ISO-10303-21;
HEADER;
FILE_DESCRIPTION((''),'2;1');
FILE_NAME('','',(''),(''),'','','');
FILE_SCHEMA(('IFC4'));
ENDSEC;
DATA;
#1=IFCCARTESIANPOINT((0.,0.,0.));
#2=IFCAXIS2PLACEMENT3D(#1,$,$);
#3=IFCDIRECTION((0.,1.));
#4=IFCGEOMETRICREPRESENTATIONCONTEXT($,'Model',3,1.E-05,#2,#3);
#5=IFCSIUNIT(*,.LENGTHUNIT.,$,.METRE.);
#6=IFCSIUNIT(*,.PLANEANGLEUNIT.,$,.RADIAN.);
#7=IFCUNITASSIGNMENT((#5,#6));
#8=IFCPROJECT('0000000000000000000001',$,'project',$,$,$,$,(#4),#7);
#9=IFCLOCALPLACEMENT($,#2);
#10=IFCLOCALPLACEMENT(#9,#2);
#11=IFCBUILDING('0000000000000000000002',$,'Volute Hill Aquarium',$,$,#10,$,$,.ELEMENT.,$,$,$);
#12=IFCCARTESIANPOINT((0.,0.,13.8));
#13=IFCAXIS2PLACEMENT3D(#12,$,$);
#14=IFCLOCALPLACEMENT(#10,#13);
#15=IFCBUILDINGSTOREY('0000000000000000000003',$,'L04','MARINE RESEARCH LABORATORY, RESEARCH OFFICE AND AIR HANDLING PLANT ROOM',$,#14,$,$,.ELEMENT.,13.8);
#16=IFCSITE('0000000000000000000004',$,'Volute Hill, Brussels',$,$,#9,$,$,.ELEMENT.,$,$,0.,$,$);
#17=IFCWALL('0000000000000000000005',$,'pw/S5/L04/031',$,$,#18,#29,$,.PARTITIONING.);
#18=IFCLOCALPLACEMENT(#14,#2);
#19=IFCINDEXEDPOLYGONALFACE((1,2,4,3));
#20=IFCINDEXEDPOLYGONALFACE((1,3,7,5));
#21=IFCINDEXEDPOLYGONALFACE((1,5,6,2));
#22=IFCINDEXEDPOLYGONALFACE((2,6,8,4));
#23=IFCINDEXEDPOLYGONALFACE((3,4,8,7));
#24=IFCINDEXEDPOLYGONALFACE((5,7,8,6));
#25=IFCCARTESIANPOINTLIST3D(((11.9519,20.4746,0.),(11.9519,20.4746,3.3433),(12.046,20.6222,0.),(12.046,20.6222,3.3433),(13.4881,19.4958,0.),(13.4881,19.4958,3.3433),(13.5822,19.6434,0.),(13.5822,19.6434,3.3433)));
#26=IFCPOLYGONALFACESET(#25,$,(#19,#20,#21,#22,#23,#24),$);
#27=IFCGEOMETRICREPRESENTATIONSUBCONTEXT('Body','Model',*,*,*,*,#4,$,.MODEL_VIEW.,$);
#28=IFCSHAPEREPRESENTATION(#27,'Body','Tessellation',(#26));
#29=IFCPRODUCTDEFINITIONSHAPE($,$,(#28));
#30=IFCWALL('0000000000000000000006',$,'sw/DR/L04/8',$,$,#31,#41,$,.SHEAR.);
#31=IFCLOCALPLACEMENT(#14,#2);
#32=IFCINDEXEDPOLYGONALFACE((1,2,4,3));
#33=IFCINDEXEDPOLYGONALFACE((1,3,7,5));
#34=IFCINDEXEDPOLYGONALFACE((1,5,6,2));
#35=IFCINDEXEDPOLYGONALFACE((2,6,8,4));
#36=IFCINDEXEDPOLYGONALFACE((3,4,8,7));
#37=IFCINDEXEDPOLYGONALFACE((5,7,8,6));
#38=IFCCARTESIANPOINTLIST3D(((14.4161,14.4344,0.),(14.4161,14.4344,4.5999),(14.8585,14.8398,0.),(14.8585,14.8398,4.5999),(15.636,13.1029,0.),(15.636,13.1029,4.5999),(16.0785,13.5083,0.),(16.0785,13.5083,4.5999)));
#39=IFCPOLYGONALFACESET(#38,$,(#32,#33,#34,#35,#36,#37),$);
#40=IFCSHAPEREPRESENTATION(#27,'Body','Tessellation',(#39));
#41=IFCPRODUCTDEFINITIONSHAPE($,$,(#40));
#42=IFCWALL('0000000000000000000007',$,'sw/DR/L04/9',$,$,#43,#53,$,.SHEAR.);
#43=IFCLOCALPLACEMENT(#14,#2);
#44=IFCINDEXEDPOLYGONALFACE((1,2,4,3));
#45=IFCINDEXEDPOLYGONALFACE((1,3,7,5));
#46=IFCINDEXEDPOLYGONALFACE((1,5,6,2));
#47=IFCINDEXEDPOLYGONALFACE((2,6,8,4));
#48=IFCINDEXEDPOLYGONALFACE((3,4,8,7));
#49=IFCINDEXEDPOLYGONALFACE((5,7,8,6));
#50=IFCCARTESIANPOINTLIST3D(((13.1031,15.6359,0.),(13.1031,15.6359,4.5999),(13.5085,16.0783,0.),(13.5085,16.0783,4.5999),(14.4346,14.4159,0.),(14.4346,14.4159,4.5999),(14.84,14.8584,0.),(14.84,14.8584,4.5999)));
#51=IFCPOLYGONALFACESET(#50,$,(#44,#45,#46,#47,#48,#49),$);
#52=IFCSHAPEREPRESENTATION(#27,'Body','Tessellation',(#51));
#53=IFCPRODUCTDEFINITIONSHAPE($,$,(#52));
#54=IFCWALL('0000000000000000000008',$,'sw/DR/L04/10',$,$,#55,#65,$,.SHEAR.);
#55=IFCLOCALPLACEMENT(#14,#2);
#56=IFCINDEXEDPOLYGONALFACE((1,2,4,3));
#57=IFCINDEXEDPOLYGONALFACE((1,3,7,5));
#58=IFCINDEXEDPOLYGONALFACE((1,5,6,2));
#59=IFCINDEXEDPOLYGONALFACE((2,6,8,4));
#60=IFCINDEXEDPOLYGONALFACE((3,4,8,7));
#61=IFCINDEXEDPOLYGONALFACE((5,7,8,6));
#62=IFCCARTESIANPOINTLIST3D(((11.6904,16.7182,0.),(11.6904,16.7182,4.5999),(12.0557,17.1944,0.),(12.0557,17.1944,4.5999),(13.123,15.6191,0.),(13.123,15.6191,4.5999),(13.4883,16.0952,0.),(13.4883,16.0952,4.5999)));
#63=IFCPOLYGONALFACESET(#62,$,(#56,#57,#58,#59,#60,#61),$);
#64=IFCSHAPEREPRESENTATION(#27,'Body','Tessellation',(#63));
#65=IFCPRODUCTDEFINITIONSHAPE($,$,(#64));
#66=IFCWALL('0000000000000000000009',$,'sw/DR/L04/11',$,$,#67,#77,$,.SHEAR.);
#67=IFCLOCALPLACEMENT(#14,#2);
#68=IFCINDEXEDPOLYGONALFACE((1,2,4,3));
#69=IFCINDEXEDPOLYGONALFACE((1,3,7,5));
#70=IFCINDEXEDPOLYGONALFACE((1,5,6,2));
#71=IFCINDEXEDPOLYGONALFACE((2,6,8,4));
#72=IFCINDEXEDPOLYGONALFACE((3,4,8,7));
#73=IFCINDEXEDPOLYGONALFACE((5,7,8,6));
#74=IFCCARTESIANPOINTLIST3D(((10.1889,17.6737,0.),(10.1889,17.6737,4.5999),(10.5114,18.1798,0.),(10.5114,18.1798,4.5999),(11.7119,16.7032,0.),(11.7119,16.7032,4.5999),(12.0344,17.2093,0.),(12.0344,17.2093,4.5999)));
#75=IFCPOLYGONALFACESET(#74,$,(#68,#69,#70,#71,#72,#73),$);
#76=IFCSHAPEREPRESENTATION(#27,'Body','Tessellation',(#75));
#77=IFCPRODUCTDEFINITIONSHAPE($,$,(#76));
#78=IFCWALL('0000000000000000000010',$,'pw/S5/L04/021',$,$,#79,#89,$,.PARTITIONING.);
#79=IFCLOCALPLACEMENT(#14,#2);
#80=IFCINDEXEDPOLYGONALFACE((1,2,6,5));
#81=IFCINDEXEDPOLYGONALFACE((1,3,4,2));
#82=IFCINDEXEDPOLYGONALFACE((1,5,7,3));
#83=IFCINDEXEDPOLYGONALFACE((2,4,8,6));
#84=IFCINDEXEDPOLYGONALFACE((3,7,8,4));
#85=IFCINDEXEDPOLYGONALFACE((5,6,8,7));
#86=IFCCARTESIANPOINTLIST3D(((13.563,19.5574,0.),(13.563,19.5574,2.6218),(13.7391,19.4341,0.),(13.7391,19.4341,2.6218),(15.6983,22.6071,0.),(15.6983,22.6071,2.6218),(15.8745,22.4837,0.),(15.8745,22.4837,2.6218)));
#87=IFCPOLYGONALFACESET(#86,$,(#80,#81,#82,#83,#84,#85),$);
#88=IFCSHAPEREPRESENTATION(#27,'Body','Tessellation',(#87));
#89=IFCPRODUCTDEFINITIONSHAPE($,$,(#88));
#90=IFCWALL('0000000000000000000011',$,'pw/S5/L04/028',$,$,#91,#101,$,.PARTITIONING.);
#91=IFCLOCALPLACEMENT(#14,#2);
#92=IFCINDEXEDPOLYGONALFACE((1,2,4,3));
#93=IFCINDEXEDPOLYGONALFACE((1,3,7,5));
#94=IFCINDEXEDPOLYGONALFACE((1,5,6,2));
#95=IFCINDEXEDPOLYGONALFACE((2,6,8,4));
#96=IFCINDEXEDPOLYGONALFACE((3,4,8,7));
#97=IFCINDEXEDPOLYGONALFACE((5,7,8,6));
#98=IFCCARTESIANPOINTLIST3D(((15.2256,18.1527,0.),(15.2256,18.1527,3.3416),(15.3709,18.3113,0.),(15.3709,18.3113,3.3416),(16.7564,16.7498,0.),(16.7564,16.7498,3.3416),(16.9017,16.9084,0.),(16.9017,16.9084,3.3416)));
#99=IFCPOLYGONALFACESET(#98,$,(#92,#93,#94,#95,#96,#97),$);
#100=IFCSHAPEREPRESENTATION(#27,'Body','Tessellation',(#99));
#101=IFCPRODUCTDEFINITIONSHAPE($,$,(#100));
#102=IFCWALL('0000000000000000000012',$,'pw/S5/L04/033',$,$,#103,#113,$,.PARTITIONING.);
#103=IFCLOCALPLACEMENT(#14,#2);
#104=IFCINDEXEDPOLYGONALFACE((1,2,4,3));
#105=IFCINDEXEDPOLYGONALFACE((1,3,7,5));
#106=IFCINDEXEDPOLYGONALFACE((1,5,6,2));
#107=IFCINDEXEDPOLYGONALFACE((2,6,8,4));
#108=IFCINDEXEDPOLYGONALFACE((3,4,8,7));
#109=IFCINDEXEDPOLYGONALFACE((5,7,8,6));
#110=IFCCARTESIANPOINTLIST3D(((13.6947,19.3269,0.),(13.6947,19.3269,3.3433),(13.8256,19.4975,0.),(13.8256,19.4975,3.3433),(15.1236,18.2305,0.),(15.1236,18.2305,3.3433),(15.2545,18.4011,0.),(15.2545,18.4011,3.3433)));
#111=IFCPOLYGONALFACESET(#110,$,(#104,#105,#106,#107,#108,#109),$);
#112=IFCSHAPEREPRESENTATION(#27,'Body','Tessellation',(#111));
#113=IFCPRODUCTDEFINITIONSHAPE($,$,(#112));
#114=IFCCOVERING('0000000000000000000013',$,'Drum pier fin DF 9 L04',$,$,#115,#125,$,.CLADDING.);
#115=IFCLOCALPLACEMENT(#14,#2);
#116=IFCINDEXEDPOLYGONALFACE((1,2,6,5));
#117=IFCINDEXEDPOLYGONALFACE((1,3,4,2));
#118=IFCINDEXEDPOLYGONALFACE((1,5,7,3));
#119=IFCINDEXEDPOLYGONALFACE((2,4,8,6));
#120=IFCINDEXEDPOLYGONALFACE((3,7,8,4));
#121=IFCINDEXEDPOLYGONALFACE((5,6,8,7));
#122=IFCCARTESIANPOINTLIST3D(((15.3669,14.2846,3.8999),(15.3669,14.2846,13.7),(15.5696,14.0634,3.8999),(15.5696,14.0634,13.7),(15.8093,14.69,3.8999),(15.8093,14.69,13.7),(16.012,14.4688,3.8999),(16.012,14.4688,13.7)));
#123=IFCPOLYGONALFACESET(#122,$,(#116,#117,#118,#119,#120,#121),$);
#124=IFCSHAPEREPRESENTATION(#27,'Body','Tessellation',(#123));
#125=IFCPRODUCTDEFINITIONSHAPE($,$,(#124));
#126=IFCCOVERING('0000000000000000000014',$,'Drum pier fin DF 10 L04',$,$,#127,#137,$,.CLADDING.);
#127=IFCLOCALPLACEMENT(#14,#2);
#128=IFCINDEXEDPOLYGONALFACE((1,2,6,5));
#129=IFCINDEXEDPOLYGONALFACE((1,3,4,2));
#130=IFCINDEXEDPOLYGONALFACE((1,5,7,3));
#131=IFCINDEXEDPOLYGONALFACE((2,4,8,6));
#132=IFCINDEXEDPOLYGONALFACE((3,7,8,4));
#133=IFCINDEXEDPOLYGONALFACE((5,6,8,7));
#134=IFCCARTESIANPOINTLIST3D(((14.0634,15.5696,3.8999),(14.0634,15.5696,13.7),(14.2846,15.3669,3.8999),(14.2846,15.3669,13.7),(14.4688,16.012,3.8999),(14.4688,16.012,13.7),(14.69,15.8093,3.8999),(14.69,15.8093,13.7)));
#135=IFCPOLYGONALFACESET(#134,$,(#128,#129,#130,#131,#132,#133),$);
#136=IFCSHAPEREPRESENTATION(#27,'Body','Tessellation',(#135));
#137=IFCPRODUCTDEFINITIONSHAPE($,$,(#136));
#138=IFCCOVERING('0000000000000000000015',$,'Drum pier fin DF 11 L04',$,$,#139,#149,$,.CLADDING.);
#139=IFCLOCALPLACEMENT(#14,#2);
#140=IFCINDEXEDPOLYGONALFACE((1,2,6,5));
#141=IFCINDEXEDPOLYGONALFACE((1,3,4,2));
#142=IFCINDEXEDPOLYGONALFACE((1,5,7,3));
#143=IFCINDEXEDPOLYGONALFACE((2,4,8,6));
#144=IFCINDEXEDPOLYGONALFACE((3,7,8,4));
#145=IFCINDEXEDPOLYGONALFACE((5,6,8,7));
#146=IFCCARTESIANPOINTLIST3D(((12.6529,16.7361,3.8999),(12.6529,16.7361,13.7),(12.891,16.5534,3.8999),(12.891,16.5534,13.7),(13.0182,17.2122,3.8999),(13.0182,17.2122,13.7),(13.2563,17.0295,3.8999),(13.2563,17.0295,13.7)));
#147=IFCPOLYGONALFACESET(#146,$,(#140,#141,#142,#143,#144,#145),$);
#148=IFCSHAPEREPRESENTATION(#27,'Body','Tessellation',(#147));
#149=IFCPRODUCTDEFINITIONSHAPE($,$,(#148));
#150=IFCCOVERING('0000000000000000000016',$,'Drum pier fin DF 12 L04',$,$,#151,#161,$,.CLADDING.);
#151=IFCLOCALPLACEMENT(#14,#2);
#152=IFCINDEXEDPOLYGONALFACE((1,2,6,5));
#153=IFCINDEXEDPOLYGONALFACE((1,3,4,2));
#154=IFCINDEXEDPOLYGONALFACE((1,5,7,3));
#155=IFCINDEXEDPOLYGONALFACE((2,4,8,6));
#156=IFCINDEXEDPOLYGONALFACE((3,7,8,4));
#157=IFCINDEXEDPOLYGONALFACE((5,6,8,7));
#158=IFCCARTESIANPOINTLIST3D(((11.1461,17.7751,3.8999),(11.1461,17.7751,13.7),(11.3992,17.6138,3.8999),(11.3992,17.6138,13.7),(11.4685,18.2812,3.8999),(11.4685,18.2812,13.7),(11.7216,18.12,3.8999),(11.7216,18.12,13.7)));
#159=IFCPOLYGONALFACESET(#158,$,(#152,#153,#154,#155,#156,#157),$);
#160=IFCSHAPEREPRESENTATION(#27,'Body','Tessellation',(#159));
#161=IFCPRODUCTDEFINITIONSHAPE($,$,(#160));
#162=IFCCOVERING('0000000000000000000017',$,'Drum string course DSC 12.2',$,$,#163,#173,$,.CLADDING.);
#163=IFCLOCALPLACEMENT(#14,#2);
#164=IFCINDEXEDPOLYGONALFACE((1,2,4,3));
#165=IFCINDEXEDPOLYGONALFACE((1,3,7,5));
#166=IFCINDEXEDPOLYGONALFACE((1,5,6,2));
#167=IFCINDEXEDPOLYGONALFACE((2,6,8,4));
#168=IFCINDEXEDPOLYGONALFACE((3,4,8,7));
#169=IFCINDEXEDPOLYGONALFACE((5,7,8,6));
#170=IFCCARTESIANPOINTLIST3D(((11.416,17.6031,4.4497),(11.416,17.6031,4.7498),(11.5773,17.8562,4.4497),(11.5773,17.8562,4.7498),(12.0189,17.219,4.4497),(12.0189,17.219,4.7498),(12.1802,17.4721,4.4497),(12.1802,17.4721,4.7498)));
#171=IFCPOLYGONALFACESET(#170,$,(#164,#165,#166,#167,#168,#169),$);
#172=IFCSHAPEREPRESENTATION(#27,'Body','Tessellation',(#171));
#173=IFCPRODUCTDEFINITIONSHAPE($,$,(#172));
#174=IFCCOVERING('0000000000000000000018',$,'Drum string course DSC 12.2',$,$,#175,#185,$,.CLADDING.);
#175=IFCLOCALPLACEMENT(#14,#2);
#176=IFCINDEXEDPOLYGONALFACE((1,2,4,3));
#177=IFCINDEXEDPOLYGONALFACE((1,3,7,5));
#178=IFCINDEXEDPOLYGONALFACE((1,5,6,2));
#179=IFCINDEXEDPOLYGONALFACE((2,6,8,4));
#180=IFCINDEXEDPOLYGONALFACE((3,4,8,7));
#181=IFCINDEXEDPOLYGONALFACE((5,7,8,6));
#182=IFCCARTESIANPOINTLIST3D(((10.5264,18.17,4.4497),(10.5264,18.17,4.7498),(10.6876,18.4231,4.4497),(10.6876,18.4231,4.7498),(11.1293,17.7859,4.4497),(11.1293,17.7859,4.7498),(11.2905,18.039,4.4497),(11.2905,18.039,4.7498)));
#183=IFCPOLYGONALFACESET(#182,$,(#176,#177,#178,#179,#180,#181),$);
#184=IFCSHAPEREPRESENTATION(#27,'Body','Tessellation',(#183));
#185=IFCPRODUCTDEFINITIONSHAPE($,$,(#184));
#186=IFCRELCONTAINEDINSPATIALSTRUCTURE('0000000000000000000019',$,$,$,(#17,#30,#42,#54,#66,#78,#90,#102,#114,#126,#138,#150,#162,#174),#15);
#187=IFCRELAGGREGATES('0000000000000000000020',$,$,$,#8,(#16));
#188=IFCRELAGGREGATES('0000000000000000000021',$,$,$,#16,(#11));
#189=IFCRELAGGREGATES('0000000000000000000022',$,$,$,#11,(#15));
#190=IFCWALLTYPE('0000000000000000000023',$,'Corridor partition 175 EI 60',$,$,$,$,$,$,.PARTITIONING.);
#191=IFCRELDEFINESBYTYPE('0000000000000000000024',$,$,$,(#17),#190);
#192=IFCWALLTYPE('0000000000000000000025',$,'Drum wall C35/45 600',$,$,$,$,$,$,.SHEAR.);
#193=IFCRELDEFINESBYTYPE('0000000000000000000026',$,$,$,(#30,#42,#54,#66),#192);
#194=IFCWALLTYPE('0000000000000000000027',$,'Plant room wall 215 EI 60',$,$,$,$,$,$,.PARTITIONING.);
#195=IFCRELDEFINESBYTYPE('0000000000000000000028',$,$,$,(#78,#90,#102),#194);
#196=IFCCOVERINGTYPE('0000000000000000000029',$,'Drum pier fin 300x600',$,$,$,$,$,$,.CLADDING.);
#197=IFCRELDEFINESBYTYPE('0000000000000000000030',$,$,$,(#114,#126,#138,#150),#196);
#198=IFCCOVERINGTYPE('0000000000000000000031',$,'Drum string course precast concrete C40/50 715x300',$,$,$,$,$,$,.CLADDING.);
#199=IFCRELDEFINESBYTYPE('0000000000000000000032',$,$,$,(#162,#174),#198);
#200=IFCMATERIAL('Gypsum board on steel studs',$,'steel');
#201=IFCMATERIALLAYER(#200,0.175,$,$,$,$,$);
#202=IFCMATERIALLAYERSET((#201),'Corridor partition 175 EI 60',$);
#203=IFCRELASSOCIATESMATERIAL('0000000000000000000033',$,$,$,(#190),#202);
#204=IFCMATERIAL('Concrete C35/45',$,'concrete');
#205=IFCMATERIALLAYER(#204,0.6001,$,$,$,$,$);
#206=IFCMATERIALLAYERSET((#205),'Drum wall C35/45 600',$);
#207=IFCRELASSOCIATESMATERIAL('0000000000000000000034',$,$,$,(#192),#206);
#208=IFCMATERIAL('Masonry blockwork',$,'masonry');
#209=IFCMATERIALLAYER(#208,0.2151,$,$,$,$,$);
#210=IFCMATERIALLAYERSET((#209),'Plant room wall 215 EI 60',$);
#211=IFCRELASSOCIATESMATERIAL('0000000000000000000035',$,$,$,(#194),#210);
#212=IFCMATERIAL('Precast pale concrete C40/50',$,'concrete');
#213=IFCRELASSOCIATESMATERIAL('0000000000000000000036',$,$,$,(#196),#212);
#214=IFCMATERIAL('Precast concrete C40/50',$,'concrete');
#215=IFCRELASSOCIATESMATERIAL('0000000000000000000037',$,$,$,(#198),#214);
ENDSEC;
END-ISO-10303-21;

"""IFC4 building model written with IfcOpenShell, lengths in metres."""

from ifc_helpers import new_model, si_unit, direction, frame, frame_2d, origin, origin_2d, place, context, subcontext, project, spatial, rectangle, extrude, material, layer, layer_set, type_object, element, save


model = new_model("IFC4")

# Units and contexts
model_context = context("Model", 3, precision=1e-05, world=origin(), true_north=direction((0.0, 1.0)))
body_context = subcontext(model_context, "Body", "Model", "MODEL_VIEW")
ifc_project = project(units=[si_unit("LENGTHUNIT", "METRE"), si_unit("PLANEANGLEUNIT", "RADIAN")], contexts=[model_context])

# Site, building, storey
site_placement = place(None, origin())
site = spatial("IfcSite", under=ifc_project, at=site_placement, Name="Volute Hill, Brussels", CompositionType="ELEMENT", RefElevation=0.0)
building_placement = place(site_placement, origin())
building = spatial("IfcBuilding", under=site, at=building_placement, Name="Volute Hill Aquarium", CompositionType="ELEMENT")
storey_placement = place(building_placement, frame((0.0, 0.0, 13.8)))
storey = spatial("IfcBuildingStorey", under=building, at=storey_placement, Name="L04", Description="MARINE RESEARCH LABORATORY, RESEARCH OFFICE AND AIR HANDLING PLANT ROOM", CompositionType="ELEMENT", Elevation=13.8)

# Walls
ifc_material_1 = material(Name="Gypsum board on steel studs", Category="steel")
ifc_layer_1 = layer(ifc_material_1, 0.175)
ifc_layer_set_1 = layer_set([ifc_layer_1], Name="Corridor partition 175 EI 60")
wall_type_1 = type_object("IfcWallType", Name="Corridor partition 175 EI 60", PredefinedType="PARTITIONING", material=ifc_layer_set_1)
wall_1_placement = place(storey_placement, frame((11.999, 20.5483, 0.0), z_axis=(0.0, 0.0, 1.0), x_axis=(0.843358, -0.537352, 0.0)))
element("IfcWall", 1, at=wall_1_placement, inside=storey, type_object=wall_type_1, Name="pw/S5/L04/031", PredefinedType="PARTITIONING", context=body_context, shape_type="SweptSolid", body=[
    extrude(rectangle(XDim=1.8215, YDim=0.175, at=frame_2d((0.9106, 0.0))), origin(), (0.0, 0.0, 1.0), 3.3433),
])
ifc_material_2 = material(Name="Concrete C35/45", Category="concrete")
ifc_layer_2 = layer(ifc_material_2, 0.6001)
ifc_layer_set_2 = layer_set([ifc_layer_2], Name="Drum wall C35/45 600")
wall_type_2 = type_object("IfcWallType", Name="Drum wall C35/45 600", PredefinedType="SHEAR", material=ifc_layer_set_2)
for number, where, z_axis, x_axis, name in (
    (2, (15.8572, 13.3057, 0.0), (0.0, 0.0, 1.0), (-0.675541, 0.737322, 0.0), "sw/DR/L04/8"),
    (3, (14.6372, 14.6372, 0.0), (0.0, 0.0, 1.0), (-0.737322, 0.675541, 0.0), "sw/DR/L04/9"),
):
    element("IfcWall", number, at=place(storey_placement, frame(where, z_axis=z_axis, x_axis=x_axis)), inside=storey, type_object=wall_type_2, Name=name, PredefinedType="SHEAR", context=body_context, shape_type="SweptSolid", body=[
        extrude(rectangle(XDim=1.8059, YDim=0.6001, at=frame_2d((0.9028, 0.0))), origin(), (0.0, 0.0, 1.0), 4.5999),
    ])
wall_2_placement = place(storey_placement, frame((13.3057, 15.8572, 0.0), z_axis=(0.0, 0.0, 1.0), x_axis=(-0.793397, 0.608704, 0.0)))
element("IfcWall", 4, at=wall_2_placement, inside=storey, type_object=wall_type_2, Name="sw/DR/L04/10", PredefinedType="SHEAR", context=body_context, shape_type="SweptSolid", body=[
    extrude(rectangle(XDim=1.8057, YDim=0.6001, at=frame_2d((0.9028, 0.0))), origin(), (0.0, 0.0, 1.0), 4.5999),
])
wall_3_placement = place(storey_placement, frame((11.873, 16.9563, 0.0), z_axis=(0.0, 0.0, 1.0), x_axis=(-0.843333, 0.537392, 0.0)))
element("IfcWall", 5, at=wall_3_placement, inside=storey, type_object=wall_type_2, Name="sw/DR/L04/11", PredefinedType="SHEAR", context=body_context, shape_type="SweptSolid", body=[
    extrude(rectangle(XDim=1.8059, YDim=0.6001, at=frame_2d((0.9028, 0.0))), origin(), (0.0, 0.0, 1.0), 4.5999),
])
ifc_material_3 = material(Name="Masonry blockwork", Category="masonry")
ifc_layer_3 = layer(ifc_material_3, 0.2151)
ifc_layer_set_3 = layer_set([ifc_layer_3], Name="Plant room wall 215 EI 60")
wall_type_3 = type_object("IfcWallType", Name="Plant room wall 215 EI 60", PredefinedType="PARTITIONING", material=ifc_layer_set_3)
wall_4_placement = place(storey_placement, frame((13.6511, 19.4958, 0.0), z_axis=(0.0, 0.0, 1.0), x_axis=(0.573564, 0.819161, 0.0)))
element("IfcWall", 6, at=wall_4_placement, inside=storey, type_object=wall_type_3, Name="pw/S5/L04/021", PredefinedType="PARTITIONING", context=body_context, shape_type="SweptSolid", body=[
    extrude(rectangle(XDim=3.7229, YDim=0.2151, at=frame_2d((1.8613, 0.0))), origin(), (0.0, 0.0, 1.0), 2.6218),
])
wall_5_placement = place(storey_placement, frame((15.2983, 18.2319, 0.0), z_axis=(0.0, 0.0, 1.0), x_axis=(0.737242, -0.675629, 0.0)))
element("IfcWall", 7, at=wall_5_placement, inside=storey, type_object=wall_type_3, Name="pw/S5/L04/028", PredefinedType="PARTITIONING", context=body_context, shape_type="SweptSolid", body=[
    extrude(rectangle(XDim=2.0764, YDim=0.2151, at=frame_2d((1.0381, 0.0))), origin(), (0.0, 0.0, 1.0), 3.3416),
])
wall_6_placement = place(storey_placement, frame((13.7603, 19.4121, 0.0), z_axis=(0.0, 0.0, 1.0), x_axis=(0.793364, -0.608747, 0.0)))
element("IfcWall", 8, at=wall_6_placement, inside=storey, type_object=wall_type_3, Name="pw/S5/L04/033", PredefinedType="PARTITIONING", context=body_context, shape_type="SweptSolid", body=[
    extrude(rectangle(XDim=1.801, YDim=0.2151, at=frame_2d((0.9004, 0.0))), origin(), (0.0, 0.0, 1.0), 3.3433),
])

# Coverings
ifc_material_4 = material(Name="Precast pale concrete C40/50", Category="concrete")
covering_type_1 = type_object("IfcCoveringType", Name="Drum pier fin 300x600", PredefinedType="CLADDING", material=ifc_material_4)
for number, where, z_axis, x_axis, name in (
    (9, (15.6895, 14.3767, 3.8999), (0.0, 0.0, 1.0), (-0.67559, 0.737277, 0.0), "Drum pier fin DF 9 L04"),
    (10, (14.3767, 15.6895, 3.8999), (0.0, 0.0, 1.0), (-0.737277, 0.67559, 0.0), "Drum pier fin DF 10 L04"),
    (11, (12.9546, 16.8828, 3.8999), (0.0, 0.0, 1.0), (-0.793353, 0.608761, 0.0), "Drum pier fin DF 11 L04"),
    (12, (11.4338, 17.9475, 3.8999), (0.0, 0.0, 1.0), (-0.843391, 0.5373, 0.0), "Drum pier fin DF 12 L04"),
):
    element("IfcCovering", number, at=place(storey_placement, frame(where, z_axis=z_axis, x_axis=x_axis)), inside=storey, type_object=covering_type_1, Name=name, PredefinedType="CLADDING", context=body_context, shape_type="SweptSolid", body=[
        extrude(rectangle(XDim=0.3, YDim=0.6001, at=origin_2d()), origin(), (0.0, 0.0, 1.0), 9.8),
    ])
ifc_material_5 = material(Name="Precast concrete C40/50", Category="concrete")
covering_type_2 = type_object("IfcCoveringType", Name="Drum string course precast concrete C40/50 715x300", PredefinedType="CLADDING", material=ifc_material_5)
for number, where, z_axis, x_axis, name in (
    (13, (11.7981, 17.5376, 4.4497), (0.0, 0.0, 1.0), (-0.843391, 0.5373, 0.0), "Drum string course DSC 12.2"),
    (14, (10.9084, 18.1045, 4.4497), (0.0, 0.0, 1.0), (-0.843391, 0.5373, 0.0), "Drum string course DSC 12.2"),
):
    element("IfcCovering", number, at=place(storey_placement, frame(where, z_axis=z_axis, x_axis=x_axis)), inside=storey, type_object=covering_type_2, Name=name, PredefinedType="CLADDING", context=body_context, shape_type="SweptSolid", body=[
        extrude(rectangle(XDim=0.7148, YDim=0.3, at=origin_2d()), origin(), (0.0, 0.0, 1.0), 0.3),
    ])

save(model, "model.ifc")
